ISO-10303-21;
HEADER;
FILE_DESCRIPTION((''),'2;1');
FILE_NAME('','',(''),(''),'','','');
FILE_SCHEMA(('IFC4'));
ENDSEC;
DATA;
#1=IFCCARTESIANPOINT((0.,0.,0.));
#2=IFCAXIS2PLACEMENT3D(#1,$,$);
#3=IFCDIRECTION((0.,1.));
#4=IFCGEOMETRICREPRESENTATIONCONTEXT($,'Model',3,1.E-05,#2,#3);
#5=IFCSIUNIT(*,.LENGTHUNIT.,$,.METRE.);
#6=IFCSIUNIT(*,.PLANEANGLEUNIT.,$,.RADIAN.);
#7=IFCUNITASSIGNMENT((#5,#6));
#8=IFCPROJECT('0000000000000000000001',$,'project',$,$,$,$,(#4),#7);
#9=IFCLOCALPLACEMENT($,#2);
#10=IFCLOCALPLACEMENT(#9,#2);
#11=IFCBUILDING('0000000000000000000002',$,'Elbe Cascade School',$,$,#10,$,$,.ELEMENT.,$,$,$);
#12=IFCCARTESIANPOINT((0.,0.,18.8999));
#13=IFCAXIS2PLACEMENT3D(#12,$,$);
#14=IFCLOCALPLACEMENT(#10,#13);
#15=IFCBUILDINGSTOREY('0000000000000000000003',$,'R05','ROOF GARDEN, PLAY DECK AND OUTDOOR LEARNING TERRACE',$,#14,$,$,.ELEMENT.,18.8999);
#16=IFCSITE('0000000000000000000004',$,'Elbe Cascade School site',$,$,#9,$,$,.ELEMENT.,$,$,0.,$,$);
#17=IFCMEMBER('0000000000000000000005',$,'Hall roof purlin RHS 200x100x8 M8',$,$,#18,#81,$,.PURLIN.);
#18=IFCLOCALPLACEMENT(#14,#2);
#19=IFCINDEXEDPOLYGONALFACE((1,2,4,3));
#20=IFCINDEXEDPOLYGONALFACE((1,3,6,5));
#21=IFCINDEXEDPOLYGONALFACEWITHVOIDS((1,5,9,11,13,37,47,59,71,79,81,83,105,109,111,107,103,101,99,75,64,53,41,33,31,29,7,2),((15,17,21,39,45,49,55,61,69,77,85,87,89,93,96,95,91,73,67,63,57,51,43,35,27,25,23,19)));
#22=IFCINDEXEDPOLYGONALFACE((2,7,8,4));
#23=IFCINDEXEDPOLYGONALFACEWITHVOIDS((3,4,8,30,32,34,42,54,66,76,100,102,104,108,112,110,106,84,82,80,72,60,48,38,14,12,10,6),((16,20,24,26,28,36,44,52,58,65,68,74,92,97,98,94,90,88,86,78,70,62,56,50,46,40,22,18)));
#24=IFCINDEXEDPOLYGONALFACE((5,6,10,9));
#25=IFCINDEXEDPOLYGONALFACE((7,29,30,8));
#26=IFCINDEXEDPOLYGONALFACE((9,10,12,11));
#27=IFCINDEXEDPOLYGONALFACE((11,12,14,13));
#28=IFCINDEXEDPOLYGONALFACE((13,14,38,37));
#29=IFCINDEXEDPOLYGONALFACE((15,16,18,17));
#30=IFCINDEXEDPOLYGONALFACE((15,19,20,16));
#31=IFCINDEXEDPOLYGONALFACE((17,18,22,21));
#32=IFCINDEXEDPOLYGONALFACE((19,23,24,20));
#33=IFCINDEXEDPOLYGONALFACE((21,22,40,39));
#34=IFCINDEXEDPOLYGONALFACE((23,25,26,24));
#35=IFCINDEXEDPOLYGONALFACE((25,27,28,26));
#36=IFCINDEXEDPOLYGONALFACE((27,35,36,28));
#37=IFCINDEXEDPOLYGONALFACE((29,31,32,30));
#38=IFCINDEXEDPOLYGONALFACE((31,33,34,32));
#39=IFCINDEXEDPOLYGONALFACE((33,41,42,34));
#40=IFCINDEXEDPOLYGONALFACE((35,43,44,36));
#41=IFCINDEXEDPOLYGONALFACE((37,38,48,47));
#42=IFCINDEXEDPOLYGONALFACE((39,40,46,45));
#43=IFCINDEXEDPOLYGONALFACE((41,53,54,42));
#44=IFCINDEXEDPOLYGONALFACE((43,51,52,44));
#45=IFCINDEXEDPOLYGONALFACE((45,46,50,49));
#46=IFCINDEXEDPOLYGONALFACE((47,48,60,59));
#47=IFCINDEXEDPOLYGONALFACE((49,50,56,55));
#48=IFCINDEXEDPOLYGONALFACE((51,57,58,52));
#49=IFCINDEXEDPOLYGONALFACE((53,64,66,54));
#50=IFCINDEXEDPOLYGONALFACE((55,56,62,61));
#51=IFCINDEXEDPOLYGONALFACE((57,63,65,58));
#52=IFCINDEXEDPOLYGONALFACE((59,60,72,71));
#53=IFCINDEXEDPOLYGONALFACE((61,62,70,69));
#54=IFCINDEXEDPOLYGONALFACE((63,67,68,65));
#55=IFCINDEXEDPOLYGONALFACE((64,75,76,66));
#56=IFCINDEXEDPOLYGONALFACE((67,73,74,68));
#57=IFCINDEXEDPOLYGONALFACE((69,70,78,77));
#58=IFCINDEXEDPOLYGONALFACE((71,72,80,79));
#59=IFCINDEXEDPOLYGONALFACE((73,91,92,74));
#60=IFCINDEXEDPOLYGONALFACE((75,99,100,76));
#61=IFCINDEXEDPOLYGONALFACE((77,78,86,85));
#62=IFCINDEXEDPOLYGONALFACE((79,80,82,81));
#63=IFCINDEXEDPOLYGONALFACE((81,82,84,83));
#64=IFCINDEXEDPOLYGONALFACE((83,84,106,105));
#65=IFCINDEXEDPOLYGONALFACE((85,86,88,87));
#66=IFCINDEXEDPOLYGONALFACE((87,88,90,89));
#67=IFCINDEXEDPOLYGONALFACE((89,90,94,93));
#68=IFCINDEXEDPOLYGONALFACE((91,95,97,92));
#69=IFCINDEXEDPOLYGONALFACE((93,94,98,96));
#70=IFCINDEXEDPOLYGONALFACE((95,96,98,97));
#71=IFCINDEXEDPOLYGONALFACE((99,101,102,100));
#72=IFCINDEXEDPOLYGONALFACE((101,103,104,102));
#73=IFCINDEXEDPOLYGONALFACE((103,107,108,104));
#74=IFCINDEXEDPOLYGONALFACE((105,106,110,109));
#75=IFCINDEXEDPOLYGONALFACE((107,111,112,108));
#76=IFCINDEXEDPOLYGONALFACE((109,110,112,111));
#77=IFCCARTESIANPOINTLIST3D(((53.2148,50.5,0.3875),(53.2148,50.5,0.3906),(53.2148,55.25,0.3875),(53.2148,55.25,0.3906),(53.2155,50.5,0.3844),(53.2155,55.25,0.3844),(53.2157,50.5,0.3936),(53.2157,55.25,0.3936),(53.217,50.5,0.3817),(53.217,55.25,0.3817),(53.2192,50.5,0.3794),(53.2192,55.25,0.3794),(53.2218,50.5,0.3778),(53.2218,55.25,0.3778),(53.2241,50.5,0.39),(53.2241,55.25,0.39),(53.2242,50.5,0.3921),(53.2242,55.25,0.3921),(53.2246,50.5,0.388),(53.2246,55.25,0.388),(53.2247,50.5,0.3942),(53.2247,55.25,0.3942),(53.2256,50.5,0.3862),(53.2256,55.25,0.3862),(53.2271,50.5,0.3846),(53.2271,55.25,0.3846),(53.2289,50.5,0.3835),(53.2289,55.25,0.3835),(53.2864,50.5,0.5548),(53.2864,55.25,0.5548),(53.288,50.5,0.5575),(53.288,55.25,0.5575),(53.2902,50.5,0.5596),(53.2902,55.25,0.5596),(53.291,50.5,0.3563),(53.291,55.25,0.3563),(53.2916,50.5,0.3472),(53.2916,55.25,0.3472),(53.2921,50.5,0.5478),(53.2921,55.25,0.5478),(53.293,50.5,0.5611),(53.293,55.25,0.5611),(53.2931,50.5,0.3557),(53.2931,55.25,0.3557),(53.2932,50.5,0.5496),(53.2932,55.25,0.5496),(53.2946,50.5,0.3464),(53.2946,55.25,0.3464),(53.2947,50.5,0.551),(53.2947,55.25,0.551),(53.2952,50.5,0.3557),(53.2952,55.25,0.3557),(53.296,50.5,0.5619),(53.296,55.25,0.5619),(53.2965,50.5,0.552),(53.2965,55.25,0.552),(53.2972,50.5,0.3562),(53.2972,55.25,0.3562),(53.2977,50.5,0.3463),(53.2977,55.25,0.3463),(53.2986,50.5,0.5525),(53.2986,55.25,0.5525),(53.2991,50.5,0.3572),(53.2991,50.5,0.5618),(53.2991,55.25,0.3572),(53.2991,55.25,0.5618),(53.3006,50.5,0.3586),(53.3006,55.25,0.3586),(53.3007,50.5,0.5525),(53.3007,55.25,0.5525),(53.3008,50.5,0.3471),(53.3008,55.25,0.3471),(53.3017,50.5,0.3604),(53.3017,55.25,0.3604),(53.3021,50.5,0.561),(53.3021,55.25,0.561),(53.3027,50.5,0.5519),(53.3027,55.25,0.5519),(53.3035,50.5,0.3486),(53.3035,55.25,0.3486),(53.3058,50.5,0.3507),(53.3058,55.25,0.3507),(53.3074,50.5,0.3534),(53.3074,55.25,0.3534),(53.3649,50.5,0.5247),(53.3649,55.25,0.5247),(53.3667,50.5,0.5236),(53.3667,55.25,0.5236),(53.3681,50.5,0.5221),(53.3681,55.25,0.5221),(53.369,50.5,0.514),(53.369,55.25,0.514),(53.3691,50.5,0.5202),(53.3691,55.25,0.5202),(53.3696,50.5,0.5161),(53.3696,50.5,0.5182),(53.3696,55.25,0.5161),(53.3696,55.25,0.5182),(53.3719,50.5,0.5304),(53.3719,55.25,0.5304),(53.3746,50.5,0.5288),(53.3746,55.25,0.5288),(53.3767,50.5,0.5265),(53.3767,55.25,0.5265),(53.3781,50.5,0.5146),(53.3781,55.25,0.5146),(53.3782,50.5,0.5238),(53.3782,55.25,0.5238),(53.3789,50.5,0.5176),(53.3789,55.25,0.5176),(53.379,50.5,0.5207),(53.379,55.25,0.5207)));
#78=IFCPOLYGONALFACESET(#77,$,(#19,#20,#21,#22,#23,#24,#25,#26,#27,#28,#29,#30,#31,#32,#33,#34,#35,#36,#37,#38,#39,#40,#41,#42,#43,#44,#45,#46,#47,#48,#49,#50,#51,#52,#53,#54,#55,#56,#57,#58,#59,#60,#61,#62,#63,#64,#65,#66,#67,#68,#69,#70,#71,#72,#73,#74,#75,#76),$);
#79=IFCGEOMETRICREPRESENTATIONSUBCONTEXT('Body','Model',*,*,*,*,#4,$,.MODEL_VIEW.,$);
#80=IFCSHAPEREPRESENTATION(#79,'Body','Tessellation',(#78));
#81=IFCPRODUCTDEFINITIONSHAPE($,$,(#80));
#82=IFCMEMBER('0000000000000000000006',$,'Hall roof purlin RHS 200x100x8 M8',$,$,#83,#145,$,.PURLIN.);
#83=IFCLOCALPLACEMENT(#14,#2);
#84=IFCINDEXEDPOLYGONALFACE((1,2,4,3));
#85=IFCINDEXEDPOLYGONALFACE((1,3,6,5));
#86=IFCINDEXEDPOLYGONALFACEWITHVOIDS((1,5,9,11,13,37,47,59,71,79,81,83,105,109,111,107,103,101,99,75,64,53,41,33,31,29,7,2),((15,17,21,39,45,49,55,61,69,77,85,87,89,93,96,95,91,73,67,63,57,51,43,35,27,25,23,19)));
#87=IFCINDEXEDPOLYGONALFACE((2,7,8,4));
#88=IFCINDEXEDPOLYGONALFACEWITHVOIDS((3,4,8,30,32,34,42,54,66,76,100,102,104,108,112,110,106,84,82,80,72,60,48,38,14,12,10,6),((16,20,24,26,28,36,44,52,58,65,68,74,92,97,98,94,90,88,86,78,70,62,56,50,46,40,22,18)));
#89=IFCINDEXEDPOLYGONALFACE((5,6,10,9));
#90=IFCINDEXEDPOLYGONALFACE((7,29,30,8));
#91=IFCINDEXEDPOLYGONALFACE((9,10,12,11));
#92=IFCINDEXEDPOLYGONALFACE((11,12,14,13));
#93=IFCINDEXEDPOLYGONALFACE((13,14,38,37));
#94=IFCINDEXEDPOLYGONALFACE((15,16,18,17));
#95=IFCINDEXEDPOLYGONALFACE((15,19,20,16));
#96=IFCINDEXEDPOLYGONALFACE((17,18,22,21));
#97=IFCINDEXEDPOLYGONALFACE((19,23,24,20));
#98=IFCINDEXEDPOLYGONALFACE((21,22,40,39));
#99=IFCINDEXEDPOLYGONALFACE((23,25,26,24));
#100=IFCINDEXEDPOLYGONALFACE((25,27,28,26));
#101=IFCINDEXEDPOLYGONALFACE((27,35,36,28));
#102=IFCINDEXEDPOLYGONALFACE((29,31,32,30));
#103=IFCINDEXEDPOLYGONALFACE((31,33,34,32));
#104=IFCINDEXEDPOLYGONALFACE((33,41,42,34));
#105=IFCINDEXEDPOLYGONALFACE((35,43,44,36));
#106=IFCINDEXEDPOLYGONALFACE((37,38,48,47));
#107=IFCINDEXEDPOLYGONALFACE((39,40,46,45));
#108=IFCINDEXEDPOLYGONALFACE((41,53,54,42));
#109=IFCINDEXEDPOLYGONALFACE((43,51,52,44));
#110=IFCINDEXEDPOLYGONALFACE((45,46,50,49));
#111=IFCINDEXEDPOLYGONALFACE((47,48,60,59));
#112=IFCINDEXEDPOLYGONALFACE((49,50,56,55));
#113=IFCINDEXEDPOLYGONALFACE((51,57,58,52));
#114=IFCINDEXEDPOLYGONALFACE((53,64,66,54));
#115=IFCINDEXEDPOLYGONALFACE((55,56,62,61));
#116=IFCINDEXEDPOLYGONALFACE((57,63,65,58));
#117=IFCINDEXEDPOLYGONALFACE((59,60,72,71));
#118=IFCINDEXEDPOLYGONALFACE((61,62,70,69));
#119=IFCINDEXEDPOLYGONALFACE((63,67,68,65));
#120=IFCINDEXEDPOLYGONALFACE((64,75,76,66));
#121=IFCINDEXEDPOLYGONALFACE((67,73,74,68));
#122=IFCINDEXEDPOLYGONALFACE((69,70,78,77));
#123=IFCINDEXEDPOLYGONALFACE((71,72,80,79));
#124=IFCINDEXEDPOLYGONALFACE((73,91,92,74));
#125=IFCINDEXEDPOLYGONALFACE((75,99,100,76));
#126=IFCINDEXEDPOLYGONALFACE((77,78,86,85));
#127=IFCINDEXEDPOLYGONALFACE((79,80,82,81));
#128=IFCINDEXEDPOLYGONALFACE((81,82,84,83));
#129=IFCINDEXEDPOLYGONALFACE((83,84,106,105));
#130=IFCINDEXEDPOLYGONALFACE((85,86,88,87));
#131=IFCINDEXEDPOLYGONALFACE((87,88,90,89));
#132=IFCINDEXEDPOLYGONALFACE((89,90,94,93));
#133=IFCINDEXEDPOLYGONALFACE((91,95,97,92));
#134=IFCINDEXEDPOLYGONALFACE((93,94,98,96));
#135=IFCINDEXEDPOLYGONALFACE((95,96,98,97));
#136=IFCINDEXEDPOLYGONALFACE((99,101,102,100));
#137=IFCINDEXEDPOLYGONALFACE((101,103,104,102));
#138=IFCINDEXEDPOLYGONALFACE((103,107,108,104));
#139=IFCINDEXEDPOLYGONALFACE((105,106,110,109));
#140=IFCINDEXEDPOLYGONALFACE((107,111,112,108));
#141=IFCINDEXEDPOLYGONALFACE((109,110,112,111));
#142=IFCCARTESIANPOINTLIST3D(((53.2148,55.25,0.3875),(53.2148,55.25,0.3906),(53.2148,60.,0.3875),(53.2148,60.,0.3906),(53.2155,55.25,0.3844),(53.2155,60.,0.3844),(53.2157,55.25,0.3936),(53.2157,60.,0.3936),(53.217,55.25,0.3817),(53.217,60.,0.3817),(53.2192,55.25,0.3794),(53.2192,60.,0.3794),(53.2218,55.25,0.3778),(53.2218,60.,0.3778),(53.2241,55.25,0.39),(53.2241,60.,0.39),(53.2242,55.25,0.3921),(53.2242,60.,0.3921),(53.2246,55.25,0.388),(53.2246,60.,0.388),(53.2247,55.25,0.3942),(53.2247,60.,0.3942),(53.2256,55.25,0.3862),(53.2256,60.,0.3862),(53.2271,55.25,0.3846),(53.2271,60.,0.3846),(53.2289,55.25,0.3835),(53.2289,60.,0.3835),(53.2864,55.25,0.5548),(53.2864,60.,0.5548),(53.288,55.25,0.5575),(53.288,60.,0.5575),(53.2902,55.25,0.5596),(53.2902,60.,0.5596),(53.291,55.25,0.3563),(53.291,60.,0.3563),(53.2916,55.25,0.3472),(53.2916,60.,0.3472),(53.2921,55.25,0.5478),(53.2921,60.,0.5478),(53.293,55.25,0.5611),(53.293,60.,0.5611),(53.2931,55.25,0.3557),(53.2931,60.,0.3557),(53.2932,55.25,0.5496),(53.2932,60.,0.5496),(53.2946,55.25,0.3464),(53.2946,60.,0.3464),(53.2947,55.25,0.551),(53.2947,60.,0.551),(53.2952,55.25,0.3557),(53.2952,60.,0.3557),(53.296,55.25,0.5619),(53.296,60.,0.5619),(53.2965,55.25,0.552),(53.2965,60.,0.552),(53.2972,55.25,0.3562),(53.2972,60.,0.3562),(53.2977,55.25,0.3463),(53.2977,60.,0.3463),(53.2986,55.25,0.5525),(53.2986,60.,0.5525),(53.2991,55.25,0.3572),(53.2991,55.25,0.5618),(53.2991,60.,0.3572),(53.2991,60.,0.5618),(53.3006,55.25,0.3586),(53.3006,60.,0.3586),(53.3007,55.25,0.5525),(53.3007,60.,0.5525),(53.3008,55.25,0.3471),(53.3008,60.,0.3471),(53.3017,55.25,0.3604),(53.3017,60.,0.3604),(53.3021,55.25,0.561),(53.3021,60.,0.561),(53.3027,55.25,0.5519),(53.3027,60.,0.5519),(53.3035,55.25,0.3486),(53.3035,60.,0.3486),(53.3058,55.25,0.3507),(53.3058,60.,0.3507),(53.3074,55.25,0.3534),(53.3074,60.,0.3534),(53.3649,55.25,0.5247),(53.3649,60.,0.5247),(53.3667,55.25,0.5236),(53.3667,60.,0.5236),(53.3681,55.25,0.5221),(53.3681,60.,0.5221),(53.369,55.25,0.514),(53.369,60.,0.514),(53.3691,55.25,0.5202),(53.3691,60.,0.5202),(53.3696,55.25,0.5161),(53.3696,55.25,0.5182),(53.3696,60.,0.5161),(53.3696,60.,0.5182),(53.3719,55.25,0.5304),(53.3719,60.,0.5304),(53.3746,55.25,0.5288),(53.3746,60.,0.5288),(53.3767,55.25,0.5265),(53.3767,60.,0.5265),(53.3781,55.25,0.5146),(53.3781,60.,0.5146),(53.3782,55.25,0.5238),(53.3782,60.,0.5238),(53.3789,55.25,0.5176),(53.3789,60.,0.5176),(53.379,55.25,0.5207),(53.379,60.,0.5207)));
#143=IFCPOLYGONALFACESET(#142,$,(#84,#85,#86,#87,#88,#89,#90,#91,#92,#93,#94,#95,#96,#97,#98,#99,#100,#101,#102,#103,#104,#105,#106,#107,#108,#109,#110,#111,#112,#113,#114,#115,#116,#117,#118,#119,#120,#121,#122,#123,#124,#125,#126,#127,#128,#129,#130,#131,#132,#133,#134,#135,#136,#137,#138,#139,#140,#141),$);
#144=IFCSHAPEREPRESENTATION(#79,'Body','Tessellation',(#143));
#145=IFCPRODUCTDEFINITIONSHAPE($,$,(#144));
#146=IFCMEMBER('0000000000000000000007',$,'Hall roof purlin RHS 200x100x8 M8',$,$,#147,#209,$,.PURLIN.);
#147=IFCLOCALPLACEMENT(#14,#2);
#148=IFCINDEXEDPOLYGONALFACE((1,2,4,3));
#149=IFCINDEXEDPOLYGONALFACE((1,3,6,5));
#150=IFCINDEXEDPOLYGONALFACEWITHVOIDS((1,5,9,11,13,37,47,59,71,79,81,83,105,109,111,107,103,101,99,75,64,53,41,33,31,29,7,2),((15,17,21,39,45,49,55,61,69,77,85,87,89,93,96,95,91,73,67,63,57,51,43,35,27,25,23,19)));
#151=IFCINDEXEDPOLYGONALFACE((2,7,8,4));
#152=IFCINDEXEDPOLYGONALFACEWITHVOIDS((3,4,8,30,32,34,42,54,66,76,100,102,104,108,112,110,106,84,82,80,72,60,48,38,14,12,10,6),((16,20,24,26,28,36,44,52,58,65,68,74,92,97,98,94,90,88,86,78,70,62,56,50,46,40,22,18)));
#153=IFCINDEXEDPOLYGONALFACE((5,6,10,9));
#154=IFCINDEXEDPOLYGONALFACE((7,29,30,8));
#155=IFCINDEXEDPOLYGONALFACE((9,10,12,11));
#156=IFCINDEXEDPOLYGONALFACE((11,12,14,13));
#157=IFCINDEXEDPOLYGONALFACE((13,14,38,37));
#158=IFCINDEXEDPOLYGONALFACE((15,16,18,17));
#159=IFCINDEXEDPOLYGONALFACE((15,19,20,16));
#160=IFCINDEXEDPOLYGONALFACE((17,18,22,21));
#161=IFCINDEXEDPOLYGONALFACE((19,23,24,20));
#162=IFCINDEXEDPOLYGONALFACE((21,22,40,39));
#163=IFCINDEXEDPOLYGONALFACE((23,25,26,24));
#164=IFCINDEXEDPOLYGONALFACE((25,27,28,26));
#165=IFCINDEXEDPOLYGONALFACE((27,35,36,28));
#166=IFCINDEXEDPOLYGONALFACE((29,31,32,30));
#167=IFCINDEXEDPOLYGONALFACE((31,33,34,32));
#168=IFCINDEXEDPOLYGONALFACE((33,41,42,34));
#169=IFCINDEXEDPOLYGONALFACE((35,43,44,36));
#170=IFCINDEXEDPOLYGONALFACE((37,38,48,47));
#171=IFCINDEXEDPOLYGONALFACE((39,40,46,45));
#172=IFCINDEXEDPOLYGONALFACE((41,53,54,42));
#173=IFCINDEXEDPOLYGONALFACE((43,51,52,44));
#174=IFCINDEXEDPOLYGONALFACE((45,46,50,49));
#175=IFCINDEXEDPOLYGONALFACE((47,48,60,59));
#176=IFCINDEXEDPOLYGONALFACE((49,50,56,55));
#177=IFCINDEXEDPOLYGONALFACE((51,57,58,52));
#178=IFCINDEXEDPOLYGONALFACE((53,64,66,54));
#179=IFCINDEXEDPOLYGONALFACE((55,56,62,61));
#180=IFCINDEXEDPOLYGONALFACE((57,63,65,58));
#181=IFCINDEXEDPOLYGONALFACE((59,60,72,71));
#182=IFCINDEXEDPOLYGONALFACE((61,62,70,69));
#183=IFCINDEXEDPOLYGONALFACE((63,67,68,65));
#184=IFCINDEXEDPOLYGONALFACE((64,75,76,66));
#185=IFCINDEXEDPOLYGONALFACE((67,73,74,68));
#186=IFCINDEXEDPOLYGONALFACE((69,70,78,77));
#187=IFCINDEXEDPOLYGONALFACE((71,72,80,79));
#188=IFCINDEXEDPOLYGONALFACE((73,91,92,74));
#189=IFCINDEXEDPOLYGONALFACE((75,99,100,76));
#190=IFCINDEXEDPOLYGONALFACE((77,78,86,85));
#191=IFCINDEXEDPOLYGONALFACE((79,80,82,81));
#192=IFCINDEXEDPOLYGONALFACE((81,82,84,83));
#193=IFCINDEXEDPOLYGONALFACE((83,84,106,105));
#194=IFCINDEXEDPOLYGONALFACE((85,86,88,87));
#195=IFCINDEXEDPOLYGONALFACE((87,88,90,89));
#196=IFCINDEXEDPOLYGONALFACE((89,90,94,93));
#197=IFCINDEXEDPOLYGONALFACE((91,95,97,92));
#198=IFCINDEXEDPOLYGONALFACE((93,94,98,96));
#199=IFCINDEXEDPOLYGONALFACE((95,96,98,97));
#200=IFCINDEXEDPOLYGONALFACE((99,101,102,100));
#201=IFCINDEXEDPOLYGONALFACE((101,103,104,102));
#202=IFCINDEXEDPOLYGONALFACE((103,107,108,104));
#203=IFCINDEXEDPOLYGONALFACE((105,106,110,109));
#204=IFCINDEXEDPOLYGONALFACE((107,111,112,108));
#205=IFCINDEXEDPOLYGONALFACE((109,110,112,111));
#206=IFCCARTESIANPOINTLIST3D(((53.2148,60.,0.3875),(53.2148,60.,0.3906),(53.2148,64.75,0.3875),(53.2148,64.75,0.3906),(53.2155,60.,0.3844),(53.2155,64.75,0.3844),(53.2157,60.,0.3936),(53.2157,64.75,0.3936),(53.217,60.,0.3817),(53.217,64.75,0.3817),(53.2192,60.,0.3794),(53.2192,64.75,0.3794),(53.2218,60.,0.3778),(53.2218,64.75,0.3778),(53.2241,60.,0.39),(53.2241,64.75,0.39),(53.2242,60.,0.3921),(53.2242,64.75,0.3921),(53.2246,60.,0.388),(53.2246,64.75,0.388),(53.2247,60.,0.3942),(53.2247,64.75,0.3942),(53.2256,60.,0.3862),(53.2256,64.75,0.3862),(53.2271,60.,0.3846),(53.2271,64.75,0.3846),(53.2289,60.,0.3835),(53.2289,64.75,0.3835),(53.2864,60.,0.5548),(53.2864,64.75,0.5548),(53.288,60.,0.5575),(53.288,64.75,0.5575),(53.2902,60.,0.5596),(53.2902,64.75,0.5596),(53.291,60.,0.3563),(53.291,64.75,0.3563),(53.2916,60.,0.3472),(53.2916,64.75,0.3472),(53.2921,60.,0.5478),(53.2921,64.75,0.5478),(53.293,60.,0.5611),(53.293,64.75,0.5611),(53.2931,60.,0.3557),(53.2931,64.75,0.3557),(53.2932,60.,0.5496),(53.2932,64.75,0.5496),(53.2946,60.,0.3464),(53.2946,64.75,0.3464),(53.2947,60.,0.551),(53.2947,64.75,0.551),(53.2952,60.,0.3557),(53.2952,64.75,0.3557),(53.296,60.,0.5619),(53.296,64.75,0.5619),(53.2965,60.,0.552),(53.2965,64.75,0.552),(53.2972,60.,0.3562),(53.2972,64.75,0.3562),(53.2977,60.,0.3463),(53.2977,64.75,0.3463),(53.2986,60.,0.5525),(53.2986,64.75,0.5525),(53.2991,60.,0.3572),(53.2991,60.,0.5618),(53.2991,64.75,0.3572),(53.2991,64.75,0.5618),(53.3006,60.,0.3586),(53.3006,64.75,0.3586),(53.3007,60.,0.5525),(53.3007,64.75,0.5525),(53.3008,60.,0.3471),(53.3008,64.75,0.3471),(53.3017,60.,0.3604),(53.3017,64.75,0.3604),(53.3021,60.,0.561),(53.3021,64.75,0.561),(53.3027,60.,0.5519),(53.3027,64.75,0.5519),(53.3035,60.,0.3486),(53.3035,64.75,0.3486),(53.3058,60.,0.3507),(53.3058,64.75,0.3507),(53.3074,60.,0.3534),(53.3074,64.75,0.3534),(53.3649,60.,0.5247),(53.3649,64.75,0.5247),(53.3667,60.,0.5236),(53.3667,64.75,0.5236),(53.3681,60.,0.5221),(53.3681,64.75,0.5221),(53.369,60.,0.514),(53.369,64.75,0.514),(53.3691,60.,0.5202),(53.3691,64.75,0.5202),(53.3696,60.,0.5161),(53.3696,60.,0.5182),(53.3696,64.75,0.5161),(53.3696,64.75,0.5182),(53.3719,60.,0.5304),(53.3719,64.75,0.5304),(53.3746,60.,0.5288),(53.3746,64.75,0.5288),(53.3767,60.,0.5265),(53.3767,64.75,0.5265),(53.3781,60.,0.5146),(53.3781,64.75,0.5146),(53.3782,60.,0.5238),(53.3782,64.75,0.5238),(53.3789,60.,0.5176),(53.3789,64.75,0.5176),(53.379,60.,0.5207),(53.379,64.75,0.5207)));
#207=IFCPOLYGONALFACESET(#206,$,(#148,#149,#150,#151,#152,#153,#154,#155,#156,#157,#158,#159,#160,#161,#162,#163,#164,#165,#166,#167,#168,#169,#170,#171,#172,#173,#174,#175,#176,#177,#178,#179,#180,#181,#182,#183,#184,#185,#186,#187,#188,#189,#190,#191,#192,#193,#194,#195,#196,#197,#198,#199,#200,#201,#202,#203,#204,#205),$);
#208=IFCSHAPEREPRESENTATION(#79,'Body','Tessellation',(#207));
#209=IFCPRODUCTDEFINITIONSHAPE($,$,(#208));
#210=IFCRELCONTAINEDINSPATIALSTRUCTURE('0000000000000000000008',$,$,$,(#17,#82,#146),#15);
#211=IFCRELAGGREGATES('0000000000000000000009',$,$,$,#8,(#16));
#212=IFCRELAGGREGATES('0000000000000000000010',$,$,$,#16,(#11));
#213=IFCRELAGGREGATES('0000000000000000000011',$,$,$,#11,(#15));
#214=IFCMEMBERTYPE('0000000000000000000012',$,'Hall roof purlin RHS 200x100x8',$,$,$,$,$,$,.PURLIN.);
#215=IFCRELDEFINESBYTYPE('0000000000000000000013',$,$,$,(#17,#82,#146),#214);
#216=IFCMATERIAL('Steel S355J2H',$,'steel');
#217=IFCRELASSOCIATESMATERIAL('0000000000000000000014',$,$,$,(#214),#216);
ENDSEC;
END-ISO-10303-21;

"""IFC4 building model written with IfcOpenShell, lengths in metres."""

from ifc_helpers import new_model, si_unit, direction, frame, origin, origin_2d, place, context, subcontext, project, spatial, hollow_rectangle, extrude, material, material_profile, profile_set, type_object, element, save


model = new_model("IFC4")

# Units and contexts
model_context = context("Model", 3, precision=1e-05, world=origin(), true_north=direction((0.0, 1.0)))
body_context = subcontext(model_context, "Body", "Model", "MODEL_VIEW")
ifc_project = project(units=[si_unit("LENGTHUNIT", "METRE"), si_unit("PLANEANGLEUNIT", "RADIAN")], contexts=[model_context])

# Site, building, storey
site_placement = place(None, origin())
site = spatial("IfcSite", under=ifc_project, at=site_placement, Name="Elbe Cascade School site", CompositionType="ELEMENT", RefElevation=0.0)
building_placement = place(site_placement, origin())
building = spatial("IfcBuilding", under=site, at=building_placement, Name="Elbe Cascade School", CompositionType="ELEMENT")
storey_placement = place(building_placement, frame((0.0, 0.0, 18.8999)))
storey = spatial("IfcBuildingStorey", under=building, at=storey_placement, Name="R05", Description="ROOF GARDEN, PLAY DECK AND OUTDOOR LEARNING TERRACE", CompositionType="ELEMENT", Elevation=18.8999)

# Members
ifc_material_1 = material(Name="Steel S355J2H", Category="steel")
ifc_material_profile_1 = material_profile(ifc_material_1, hollow_rectangle(XDim=0.1001, YDim=0.2, WallThickness=0.0081, InnerFilletRadius=0.0081, OuterFilletRadius=0.012, at=origin_2d()), Name="RHS 200x100x8")
ifc_profile_set_1 = profile_set([ifc_material_profile_1], Name="Steel S355J2H")
member_type_1 = type_object("IfcMemberType", Name="Hall roof purlin RHS 200x100x8", PredefinedType="PURLIN", material=ifc_profile_set_1)
for number, where, z_axis, x_axis, name in (
    (1, (53.2969, 50.5, 0.4541), (0.0, 1.0, 0.0), (-0.91584, 0.0, 0.401544), "Hall roof purlin RHS 200x100x8 M8"),
    (2, (53.2969, 55.25, 0.4541), (0.0, 1.0, 0.0), (-0.91584, 0.0, 0.401544), "Hall roof purlin RHS 200x100x8 M8"),
    (3, (53.2969, 60.0, 0.4541), (0.0, 1.0, 0.0), (-0.91584, 0.0, 0.401544), "Hall roof purlin RHS 200x100x8 M8"),
):
    element("IfcMember", number, at=place(storey_placement, frame(where, z_axis=z_axis, x_axis=x_axis)), inside=storey, type_object=member_type_1, Name=name, PredefinedType="PURLIN", context=body_context, shape_type="SweptSolid", body=[
        extrude(hollow_rectangle(XDim=0.1001, YDim=0.2, WallThickness=0.0081, InnerFilletRadius=0.0081, OuterFilletRadius=0.012, at=origin_2d()), origin(), (0.0, 0.0, 1.0), 4.75),
    ])

save(model, "model.ifc")
